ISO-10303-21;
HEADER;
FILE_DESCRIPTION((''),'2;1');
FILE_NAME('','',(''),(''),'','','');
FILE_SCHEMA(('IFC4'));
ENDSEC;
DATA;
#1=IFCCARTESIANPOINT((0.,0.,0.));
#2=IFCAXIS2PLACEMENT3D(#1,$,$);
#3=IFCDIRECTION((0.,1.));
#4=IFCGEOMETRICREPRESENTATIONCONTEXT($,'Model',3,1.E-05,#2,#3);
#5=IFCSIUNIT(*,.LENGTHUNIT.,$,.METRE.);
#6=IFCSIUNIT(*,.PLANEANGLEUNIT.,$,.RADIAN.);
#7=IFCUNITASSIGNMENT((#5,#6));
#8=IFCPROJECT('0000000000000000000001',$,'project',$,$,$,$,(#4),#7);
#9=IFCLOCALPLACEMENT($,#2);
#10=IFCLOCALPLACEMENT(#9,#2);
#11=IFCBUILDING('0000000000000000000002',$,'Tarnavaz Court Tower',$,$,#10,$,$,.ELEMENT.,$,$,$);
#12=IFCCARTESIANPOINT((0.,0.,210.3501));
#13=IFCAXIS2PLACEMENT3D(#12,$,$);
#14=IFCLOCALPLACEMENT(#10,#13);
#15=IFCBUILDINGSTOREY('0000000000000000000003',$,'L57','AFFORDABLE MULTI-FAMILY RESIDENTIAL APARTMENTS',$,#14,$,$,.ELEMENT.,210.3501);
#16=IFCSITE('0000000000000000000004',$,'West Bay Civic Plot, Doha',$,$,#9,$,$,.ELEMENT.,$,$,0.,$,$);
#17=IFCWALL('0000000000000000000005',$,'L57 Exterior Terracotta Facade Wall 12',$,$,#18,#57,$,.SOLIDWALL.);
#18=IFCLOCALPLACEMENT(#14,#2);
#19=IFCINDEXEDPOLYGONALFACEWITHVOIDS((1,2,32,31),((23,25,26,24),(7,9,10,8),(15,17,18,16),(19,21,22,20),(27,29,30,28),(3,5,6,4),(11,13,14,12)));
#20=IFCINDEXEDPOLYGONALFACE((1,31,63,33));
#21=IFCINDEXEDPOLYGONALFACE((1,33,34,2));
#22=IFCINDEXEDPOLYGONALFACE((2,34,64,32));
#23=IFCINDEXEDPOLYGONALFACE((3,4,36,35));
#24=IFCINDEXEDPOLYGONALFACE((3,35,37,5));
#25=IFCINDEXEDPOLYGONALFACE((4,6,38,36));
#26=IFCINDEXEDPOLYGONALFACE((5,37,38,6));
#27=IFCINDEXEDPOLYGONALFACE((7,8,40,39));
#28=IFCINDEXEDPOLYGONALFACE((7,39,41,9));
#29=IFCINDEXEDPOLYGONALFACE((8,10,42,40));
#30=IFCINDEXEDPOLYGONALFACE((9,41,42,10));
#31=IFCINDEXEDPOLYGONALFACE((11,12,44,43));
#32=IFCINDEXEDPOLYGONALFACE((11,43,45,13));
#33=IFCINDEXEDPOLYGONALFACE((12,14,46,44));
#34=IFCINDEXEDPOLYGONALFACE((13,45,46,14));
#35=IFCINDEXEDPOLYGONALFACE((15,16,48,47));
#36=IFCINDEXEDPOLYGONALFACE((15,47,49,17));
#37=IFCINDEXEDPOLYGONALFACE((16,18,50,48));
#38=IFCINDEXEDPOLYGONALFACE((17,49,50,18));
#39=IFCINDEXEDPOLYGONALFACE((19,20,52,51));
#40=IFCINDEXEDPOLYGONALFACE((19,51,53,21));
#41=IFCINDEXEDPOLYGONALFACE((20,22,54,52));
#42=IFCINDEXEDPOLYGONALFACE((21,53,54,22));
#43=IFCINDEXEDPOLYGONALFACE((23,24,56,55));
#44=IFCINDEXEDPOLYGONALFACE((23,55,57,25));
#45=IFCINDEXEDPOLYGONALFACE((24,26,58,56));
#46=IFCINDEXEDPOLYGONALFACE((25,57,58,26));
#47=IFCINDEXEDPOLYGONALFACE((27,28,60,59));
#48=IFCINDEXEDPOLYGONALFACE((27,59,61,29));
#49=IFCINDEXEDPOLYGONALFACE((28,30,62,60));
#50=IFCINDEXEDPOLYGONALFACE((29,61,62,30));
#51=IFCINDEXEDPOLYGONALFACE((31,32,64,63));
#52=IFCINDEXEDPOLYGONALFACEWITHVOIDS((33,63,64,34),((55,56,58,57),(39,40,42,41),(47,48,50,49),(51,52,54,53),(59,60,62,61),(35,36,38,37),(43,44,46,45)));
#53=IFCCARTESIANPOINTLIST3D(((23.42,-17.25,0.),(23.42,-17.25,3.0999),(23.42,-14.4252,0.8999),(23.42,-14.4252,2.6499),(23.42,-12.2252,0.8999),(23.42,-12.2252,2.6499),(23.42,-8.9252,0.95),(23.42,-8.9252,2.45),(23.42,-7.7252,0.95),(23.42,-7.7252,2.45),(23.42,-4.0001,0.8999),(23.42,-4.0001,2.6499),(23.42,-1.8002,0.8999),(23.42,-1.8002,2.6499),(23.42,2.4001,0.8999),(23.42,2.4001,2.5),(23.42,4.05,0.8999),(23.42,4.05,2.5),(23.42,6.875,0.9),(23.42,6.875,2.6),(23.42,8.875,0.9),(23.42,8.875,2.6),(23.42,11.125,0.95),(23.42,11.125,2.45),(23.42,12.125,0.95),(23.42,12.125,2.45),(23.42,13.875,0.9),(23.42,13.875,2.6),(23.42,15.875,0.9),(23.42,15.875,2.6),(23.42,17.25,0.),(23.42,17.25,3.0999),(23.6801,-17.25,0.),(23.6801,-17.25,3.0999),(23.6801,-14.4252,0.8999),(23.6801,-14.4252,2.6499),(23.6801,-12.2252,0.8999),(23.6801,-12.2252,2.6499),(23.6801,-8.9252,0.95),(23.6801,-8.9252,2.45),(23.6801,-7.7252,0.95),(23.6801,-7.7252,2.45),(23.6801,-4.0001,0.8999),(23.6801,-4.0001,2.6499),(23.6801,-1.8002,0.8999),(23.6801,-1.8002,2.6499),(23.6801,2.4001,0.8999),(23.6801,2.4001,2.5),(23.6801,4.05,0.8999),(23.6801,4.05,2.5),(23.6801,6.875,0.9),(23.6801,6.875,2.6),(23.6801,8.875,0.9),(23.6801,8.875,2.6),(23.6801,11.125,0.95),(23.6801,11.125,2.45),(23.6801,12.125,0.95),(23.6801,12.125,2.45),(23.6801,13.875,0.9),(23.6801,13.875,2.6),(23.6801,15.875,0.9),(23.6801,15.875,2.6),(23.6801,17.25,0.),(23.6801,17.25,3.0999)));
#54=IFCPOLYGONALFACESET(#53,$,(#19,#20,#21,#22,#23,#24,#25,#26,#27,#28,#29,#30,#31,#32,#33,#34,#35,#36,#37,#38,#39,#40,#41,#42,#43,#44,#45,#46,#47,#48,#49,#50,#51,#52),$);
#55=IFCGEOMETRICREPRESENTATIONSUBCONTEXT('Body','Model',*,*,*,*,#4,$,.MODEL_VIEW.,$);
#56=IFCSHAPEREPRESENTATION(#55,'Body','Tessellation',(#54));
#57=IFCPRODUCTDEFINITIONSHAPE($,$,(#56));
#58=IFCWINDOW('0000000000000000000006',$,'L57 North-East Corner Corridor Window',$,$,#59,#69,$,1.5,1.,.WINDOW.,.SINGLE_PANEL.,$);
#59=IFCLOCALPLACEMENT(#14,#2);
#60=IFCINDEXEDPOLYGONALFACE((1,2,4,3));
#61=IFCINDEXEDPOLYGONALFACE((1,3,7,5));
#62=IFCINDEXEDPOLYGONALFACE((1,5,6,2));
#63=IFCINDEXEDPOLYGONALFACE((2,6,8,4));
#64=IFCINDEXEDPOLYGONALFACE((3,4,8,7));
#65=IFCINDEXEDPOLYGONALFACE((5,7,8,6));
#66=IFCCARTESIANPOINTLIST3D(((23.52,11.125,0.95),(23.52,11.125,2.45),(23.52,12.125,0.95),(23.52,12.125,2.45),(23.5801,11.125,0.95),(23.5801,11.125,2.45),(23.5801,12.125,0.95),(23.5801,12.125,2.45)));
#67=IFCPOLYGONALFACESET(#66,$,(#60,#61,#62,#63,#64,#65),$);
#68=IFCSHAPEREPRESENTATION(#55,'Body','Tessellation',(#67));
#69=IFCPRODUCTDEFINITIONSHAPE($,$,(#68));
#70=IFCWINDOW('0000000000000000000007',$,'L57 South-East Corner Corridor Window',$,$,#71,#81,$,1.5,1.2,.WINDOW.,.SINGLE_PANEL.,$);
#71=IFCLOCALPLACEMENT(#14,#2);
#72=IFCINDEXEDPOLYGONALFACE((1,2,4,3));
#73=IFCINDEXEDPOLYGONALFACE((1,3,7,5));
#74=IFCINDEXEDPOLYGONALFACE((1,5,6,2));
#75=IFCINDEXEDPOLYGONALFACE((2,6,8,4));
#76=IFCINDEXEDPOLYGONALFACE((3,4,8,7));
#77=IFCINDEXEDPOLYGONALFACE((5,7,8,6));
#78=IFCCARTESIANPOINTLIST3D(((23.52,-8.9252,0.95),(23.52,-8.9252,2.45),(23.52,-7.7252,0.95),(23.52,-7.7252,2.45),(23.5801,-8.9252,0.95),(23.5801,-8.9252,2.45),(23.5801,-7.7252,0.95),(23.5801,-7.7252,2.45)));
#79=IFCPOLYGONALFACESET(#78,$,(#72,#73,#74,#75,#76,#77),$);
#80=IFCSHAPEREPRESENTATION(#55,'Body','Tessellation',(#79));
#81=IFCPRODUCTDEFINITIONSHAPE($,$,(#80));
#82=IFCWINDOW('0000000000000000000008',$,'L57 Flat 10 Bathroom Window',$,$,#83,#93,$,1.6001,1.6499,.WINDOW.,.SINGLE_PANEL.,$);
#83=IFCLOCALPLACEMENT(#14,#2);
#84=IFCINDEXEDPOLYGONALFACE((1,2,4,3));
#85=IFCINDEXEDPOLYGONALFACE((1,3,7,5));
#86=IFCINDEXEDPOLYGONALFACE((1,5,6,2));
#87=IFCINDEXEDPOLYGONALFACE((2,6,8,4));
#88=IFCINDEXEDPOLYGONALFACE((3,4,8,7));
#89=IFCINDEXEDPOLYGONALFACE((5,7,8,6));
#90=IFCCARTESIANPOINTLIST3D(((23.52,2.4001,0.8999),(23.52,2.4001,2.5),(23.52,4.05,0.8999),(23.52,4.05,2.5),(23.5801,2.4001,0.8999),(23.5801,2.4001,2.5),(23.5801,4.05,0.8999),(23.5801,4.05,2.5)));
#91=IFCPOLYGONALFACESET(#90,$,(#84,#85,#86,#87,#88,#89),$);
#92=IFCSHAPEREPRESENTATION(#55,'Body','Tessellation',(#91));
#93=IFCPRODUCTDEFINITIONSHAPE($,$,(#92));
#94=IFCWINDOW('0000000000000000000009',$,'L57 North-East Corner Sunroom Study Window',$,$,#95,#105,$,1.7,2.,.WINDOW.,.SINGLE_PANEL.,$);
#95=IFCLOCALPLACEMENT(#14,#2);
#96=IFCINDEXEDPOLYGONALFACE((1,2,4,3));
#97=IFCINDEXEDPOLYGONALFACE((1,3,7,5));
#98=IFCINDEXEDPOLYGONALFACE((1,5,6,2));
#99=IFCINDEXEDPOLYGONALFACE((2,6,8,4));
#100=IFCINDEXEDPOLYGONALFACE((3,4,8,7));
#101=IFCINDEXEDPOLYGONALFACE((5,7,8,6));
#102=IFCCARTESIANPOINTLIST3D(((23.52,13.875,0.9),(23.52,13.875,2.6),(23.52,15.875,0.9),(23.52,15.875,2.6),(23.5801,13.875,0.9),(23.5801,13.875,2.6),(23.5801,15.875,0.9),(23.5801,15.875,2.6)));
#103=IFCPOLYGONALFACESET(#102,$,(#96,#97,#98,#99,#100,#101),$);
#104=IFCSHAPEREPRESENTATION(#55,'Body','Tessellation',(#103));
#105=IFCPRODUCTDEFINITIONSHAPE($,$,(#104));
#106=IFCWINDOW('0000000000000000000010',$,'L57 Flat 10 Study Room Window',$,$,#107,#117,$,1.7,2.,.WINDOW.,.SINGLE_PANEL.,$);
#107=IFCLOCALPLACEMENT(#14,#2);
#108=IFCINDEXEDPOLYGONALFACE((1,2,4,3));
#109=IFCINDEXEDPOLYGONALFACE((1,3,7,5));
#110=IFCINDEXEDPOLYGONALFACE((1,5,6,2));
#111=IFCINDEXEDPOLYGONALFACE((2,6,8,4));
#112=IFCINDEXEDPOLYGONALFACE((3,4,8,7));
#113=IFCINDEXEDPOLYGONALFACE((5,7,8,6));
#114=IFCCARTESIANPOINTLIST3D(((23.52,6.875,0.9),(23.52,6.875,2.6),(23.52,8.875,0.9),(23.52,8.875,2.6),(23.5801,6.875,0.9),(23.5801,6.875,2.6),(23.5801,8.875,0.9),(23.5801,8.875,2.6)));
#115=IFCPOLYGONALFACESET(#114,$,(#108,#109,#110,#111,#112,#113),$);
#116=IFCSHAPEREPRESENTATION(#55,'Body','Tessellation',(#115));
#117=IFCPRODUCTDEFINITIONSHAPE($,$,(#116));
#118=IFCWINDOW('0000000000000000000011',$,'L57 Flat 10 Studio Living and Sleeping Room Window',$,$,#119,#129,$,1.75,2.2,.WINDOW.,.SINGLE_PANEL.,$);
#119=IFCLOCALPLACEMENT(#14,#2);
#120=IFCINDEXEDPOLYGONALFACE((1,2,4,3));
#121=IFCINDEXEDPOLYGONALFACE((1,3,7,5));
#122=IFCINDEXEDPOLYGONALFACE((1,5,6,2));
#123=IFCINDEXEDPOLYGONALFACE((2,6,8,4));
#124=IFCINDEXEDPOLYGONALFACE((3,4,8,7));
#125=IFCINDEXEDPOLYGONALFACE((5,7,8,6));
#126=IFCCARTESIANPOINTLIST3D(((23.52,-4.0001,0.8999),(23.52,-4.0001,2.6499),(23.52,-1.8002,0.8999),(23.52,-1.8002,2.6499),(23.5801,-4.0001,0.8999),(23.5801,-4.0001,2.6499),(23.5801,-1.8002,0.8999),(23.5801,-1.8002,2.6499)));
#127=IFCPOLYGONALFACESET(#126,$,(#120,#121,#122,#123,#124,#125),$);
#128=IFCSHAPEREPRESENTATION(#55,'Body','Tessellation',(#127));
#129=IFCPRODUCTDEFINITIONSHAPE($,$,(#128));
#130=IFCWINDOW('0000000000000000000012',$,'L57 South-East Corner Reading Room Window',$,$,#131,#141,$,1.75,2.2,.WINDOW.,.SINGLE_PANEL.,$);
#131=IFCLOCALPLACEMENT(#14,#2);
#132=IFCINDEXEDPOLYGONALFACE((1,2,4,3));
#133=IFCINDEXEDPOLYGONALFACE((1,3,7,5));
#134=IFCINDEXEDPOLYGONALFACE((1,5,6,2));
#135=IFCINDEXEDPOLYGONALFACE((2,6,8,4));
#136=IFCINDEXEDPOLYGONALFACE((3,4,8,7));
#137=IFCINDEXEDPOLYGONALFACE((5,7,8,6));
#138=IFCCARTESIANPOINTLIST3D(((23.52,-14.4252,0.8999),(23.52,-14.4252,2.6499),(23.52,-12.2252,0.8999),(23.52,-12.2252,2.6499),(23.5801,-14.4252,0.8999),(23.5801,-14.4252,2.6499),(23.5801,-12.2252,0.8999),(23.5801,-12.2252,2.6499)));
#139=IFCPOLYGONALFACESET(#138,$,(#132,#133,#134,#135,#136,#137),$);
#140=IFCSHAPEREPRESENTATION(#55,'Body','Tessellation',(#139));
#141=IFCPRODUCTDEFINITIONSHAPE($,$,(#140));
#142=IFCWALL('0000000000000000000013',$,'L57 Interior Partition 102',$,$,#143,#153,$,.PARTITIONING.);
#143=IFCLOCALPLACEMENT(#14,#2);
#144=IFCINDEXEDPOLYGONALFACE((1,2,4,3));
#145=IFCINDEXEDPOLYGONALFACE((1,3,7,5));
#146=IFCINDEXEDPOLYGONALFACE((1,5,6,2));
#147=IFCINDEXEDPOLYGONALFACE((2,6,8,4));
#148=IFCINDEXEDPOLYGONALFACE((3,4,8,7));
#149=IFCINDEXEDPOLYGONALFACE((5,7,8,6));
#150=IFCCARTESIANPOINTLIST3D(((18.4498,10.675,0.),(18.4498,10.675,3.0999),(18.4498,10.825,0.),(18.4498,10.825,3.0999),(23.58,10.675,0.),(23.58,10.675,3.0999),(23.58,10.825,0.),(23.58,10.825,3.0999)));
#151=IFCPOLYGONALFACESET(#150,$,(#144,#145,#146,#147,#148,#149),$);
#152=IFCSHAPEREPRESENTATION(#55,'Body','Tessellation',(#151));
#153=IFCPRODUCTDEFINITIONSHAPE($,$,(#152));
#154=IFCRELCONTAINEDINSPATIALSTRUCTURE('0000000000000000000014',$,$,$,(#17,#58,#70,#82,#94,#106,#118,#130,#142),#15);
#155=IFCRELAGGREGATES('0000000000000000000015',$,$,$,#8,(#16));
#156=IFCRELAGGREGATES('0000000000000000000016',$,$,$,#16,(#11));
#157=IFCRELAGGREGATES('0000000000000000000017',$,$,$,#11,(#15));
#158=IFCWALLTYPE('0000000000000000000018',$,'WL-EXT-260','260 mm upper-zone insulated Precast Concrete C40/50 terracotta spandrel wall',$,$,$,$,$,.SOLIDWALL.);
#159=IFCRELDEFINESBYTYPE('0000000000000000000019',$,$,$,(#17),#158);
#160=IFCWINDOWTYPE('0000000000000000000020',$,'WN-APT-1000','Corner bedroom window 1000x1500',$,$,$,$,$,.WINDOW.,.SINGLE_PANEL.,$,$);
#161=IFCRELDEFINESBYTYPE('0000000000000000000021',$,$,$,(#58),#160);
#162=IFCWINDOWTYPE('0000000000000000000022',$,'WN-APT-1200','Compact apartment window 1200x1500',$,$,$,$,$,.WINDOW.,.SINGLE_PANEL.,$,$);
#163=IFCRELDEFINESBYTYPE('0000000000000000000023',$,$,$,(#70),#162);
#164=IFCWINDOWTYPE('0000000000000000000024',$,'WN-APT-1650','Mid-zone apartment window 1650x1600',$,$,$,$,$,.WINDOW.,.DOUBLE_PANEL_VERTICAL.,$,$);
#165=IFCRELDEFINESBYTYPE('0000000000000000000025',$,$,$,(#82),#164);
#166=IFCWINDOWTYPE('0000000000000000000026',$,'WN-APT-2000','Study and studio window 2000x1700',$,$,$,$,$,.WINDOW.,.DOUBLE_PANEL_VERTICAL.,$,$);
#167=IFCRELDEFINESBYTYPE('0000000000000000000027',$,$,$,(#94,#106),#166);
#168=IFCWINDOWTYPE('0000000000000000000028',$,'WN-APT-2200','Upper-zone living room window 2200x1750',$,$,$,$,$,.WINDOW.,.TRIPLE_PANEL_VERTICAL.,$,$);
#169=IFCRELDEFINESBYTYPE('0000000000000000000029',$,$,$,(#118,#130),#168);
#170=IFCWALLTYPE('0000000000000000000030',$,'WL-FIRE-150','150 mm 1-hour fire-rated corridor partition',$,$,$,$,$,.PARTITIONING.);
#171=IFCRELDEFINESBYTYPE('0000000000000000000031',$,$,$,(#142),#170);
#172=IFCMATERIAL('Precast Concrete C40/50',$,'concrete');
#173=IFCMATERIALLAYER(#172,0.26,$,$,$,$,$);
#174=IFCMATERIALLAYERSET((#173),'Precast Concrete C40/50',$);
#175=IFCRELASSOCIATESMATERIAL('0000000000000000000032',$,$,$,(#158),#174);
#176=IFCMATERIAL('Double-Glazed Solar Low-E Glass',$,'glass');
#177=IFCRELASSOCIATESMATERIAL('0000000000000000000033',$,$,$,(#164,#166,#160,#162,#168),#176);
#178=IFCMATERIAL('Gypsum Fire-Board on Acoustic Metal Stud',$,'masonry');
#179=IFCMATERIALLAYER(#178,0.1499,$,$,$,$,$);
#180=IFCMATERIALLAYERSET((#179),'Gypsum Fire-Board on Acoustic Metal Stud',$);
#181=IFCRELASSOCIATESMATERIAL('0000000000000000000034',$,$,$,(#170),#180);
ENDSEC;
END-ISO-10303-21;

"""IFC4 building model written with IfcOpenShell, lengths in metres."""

from ifc_helpers import new_model, si_unit, direction, frame, frame_2d, origin, place, context, subcontext, project, spatial, rectangle, extrude, material, layer, layer_set, type_object, element, fill, save


model = new_model("IFC4")

# Units and contexts
model_context = context("Model", 3, precision=1e-05, world=origin(), true_north=direction((0.0, 1.0)))
body_context = subcontext(model_context, "Body", "Model", "MODEL_VIEW")
ifc_project = project(units=[si_unit("LENGTHUNIT", "METRE"), si_unit("PLANEANGLEUNIT", "RADIAN")], contexts=[model_context])

# Site, building, storey
site_placement = place(None, origin())
site = spatial("IfcSite", under=ifc_project, at=site_placement, Name="West Bay Civic Plot, Doha", CompositionType="ELEMENT", RefElevation=0.0)
building_placement = place(site_placement, origin())
building = spatial("IfcBuilding", under=site, at=building_placement, Name="Tarnavaz Court Tower", CompositionType="ELEMENT")
storey_placement = place(building_placement, frame((0.0, 0.0, 210.3501)))
storey = spatial("IfcBuildingStorey", under=building, at=storey_placement, Name="L57", Description="AFFORDABLE MULTI-FAMILY RESIDENTIAL APARTMENTS", CompositionType="ELEMENT", Elevation=210.3501)

# Shared definitions
ifc_material_1 = material(Name="Precast Concrete C40/50", Category="concrete")
ifc_layer_1 = layer(ifc_material_1, 0.26)
ifc_layer_set_1 = layer_set([ifc_layer_1], Name="Precast Concrete C40/50")
wall_type_1 = type_object("IfcWallType", Name="WL-EXT-260", Description="260 mm upper-zone insulated Precast Concrete C40/50 terracotta spandrel wall", PredefinedType="SOLIDWALL", material=ifc_layer_set_1)
ifc_material_2 = material(Name="Double-Glazed Solar Low-E Glass", Category="glass")
window_type_1 = type_object("IfcWindowType", Name="WN-APT-1650", Description="Mid-zone apartment window 1650x1600", PartitioningType="DOUBLE_PANEL_VERTICAL", PredefinedType="WINDOW", material=ifc_material_2)
window_type_2 = type_object("IfcWindowType", Name="WN-APT-2000", Description="Study and studio window 2000x1700", PartitioningType="DOUBLE_PANEL_VERTICAL", PredefinedType="WINDOW", material=ifc_material_2)

# Wall, openings, windows
wall_1_placement = place(storey_placement, frame((23.55, 17.25, 0.0), z_axis=(0.0, 0.0, 1.0), x_axis=(0.0, -1.0, 0.0)))
wall_1 = element("IfcWall", 1, at=wall_1_placement, inside=storey, type_object=wall_type_1, Name="L57 Exterior Terracotta Facade Wall 12", PredefinedType="SOLIDWALL", context=body_context, shape_type="SweptSolid", body=[
    extrude(rectangle(XDim=34.5, YDim=0.26, at=frame_2d((17.25, 0.0))), origin(), (0.0, 0.0, 1.0), 3.0999),
])
opening_1_placement = place(wall_1_placement, frame((1.375, 0.0, 0.8999)))
opening_1 = element("IfcOpeningElement", 2, at=opening_1_placement, cuts=wall_1, PredefinedType="OPENING", context=body_context, shape_type="SweptSolid", body=[
    extrude(rectangle(XDim=2.0, YDim=1.7, at=frame_2d((1.0, 0.8501))), frame((0.0, 0.1399, 0.0), z_axis=(0.0, -1.0, 0.0), x_axis=(1.0, 0.0, 0.0)), (0.0, 0.0, 1.0), 0.28),
])
opening_2_placement = place(wall_1_placement, frame((5.125, 0.0, 0.95)))
opening_2 = element("IfcOpeningElement", 3, at=opening_2_placement, cuts=wall_1, PredefinedType="OPENING", context=body_context, shape_type="SweptSolid", body=[
    extrude(rectangle(XDim=1.0, YDim=1.5, at=frame_2d((0.5, 0.75))), frame((0.0, 0.1399, 0.0), z_axis=(0.0, -1.0, 0.0), x_axis=(1.0, 0.0, 0.0)), (0.0, 0.0, 1.0), 0.28),
])
opening_3_placement = place(wall_1_placement, frame((8.375, 0.0, 0.8999)))
opening_3 = element("IfcOpeningElement", 4, at=opening_3_placement, cuts=wall_1, PredefinedType="OPENING", context=body_context, shape_type="SweptSolid", body=[
    extrude(rectangle(XDim=2.0, YDim=1.7, at=frame_2d((1.0, 0.8501))), frame((0.0, 0.1399, 0.0), z_axis=(0.0, -1.0, 0.0), x_axis=(1.0, 0.0, 0.0)), (0.0, 0.0, 1.0), 0.28),
])
opening_4_placement = place(wall_1_placement, frame((13.2, 0.0, 0.8999)))
opening_4 = element("IfcOpeningElement", 5, at=opening_4_placement, cuts=wall_1, PredefinedType="OPENING", context=body_context, shape_type="SweptSolid", body=[
    extrude(rectangle(XDim=1.6499, YDim=1.6001, at=frame_2d((0.825, 0.8))), frame((0.0, 0.1399, 0.0), z_axis=(0.0, -1.0, 0.0), x_axis=(1.0, 0.0, 0.0)), (0.0, 0.0, 1.0), 0.28),
])
opening_5_placement = place(wall_1_placement, frame((19.05, 0.0, 0.8999)))
opening_5 = element("IfcOpeningElement", 6, at=opening_5_placement, cuts=wall_1, PredefinedType="OPENING", context=body_context, shape_type="SweptSolid", body=[
    extrude(rectangle(XDim=2.2, YDim=1.75, at=frame_2d((1.1001, 0.875))), frame((0.0, 0.1399, 0.0), z_axis=(0.0, -1.0, 0.0), x_axis=(1.0, 0.0, 0.0)), (0.0, 0.0, 1.0), 0.28),
])
opening_6_placement = place(wall_1_placement, frame((24.9751, 0.0, 0.95)))
opening_6 = element("IfcOpeningElement", 7, at=opening_6_placement, cuts=wall_1, PredefinedType="OPENING", context=body_context, shape_type="SweptSolid", body=[
    extrude(rectangle(XDim=1.2, YDim=1.5, at=frame_2d((0.6001, 0.75))), frame((0.0, 0.1399, 0.0), z_axis=(0.0, -1.0, 0.0), x_axis=(1.0, 0.0, 0.0)), (0.0, 0.0, 1.0), 0.28),
])
opening_7_placement = place(wall_1_placement, frame((29.4751, 0.0, 0.8999)))
opening_7 = element("IfcOpeningElement", 8, at=opening_7_placement, cuts=wall_1, PredefinedType="OPENING", context=body_context, shape_type="SweptSolid", body=[
    extrude(rectangle(XDim=2.2, YDim=1.75, at=frame_2d((1.1001, 0.875))), frame((0.0, 0.1399, 0.0), z_axis=(0.0, -1.0, 0.0), x_axis=(1.0, 0.0, 0.0)), (0.0, 0.0, 1.0), 0.28),
])
window_type_3 = type_object("IfcWindowType", Name="WN-APT-1000", Description="Corner bedroom window 1000x1500", PartitioningType="SINGLE_PANEL", PredefinedType="WINDOW", material=ifc_material_2)
window_1_placement = place(opening_2_placement, origin())
window_1 = element("IfcWindow", 9, at=window_1_placement, inside=storey, type_object=window_type_3, Name="L57 North-East Corner Corridor Window", OverallHeight=1.5, OverallWidth=1.0, PartitioningType="SINGLE_PANEL", PredefinedType="WINDOW", context=body_context, shape_type="SweptSolid", body=[
    extrude(rectangle(XDim=1.0, YDim=1.5, at=frame_2d((0.5, 0.75))), frame((0.0, 0.03, 0.0), z_axis=(0.0, -1.0, 0.0), x_axis=(1.0, 0.0, 0.0)), (0.0, 0.0, 1.0), 0.0601),
])
fill(opening_2, window_1)
window_type_4 = type_object("IfcWindowType", Name="WN-APT-1200", Description="Compact apartment window 1200x1500", PartitioningType="SINGLE_PANEL", PredefinedType="WINDOW", material=ifc_material_2)
window_2_placement = place(opening_6_placement, origin())
window_2 = element("IfcWindow", 10, at=window_2_placement, inside=storey, type_object=window_type_4, Name="L57 South-East Corner Corridor Window", OverallHeight=1.5, OverallWidth=1.2, PartitioningType="SINGLE_PANEL", PredefinedType="WINDOW", context=body_context, shape_type="SweptSolid", body=[
    extrude(rectangle(XDim=1.2, YDim=1.5, at=frame_2d((0.6001, 0.75))), frame((0.0, 0.03, 0.0), z_axis=(0.0, -1.0, 0.0), x_axis=(1.0, 0.0, 0.0)), (0.0, 0.0, 1.0), 0.0601),
])
fill(opening_6, window_2)
window_3_placement = place(opening_4_placement, origin())
window_3 = element("IfcWindow", 11, at=window_3_placement, inside=storey, type_object=window_type_1, Name="L57 Flat 10 Bathroom Window", OverallHeight=1.6001, OverallWidth=1.6499, PartitioningType="SINGLE_PANEL", PredefinedType="WINDOW", context=body_context, shape_type="SweptSolid", body=[
    extrude(rectangle(XDim=1.6499, YDim=1.6001, at=frame_2d((0.825, 0.8))), frame((0.0, 0.03, 0.0), z_axis=(0.0, -1.0, 0.0), x_axis=(1.0, 0.0, 0.0)), (0.0, 0.0, 1.0), 0.0601),
])
fill(opening_4, window_3)
window_4_placement = place(opening_1_placement, origin())
window_4 = element("IfcWindow", 12, at=window_4_placement, inside=storey, type_object=window_type_2, Name="L57 North-East Corner Sunroom Study Window", OverallHeight=1.7, OverallWidth=2.0, PartitioningType="SINGLE_PANEL", PredefinedType="WINDOW", context=body_context, shape_type="SweptSolid", body=[
    extrude(rectangle(XDim=2.0, YDim=1.7, at=frame_2d((1.0, 0.8501))), frame((0.0, 0.03, 0.0), z_axis=(0.0, -1.0, 0.0), x_axis=(1.0, 0.0, 0.0)), (0.0, 0.0, 1.0), 0.0601),
])
fill(opening_1, window_4)
window_5_placement = place(opening_3_placement, origin())
window_5 = element("IfcWindow", 13, at=window_5_placement, inside=storey, type_object=window_type_2, Name="L57 Flat 10 Study Room Window", OverallHeight=1.7, OverallWidth=2.0, PartitioningType="SINGLE_PANEL", PredefinedType="WINDOW", context=body_context, shape_type="SweptSolid", body=[
    extrude(rectangle(XDim=2.0, YDim=1.7, at=frame_2d((1.0, 0.8501))), frame((0.0, 0.03, 0.0), z_axis=(0.0, -1.0, 0.0), x_axis=(1.0, 0.0, 0.0)), (0.0, 0.0, 1.0), 0.0601),
])
fill(opening_3, window_5)
window_type_5 = type_object("IfcWindowType", Name="WN-APT-2200", Description="Upper-zone living room window 2200x1750", PartitioningType="TRIPLE_PANEL_VERTICAL", PredefinedType="WINDOW", material=ifc_material_2)
window_6_placement = place(opening_5_placement, origin())
window_6 = element("IfcWindow", 14, at=window_6_placement, inside=storey, type_object=window_type_5, Name="L57 Flat 10 Studio Living and Sleeping Room Window", OverallHeight=1.75, OverallWidth=2.2, PartitioningType="SINGLE_PANEL", PredefinedType="WINDOW", context=body_context, shape_type="SweptSolid", body=[
    extrude(rectangle(XDim=2.2, YDim=1.75, at=frame_2d((1.1001, 0.875))), frame((0.0, 0.03, 0.0), z_axis=(0.0, -1.0, 0.0), x_axis=(1.0, 0.0, 0.0)), (0.0, 0.0, 1.0), 0.0601),
])
fill(opening_5, window_6)
window_7_placement = place(opening_7_placement, origin())
window_7 = element("IfcWindow", 15, at=window_7_placement, inside=storey, type_object=window_type_5, Name="L57 South-East Corner Reading Room Window", OverallHeight=1.75, OverallWidth=2.2, PartitioningType="SINGLE_PANEL", PredefinedType="WINDOW", context=body_context, shape_type="SweptSolid", body=[
    extrude(rectangle(XDim=2.2, YDim=1.75, at=frame_2d((1.1001, 0.875))), frame((0.0, 0.03, 0.0), z_axis=(0.0, -1.0, 0.0), x_axis=(1.0, 0.0, 0.0)), (0.0, 0.0, 1.0), 0.0601),
])
fill(opening_7, window_7)

# Wall
ifc_material_3 = material(Name="Gypsum Fire-Board on Acoustic Metal Stud", Category="masonry")
ifc_layer_2 = layer(ifc_material_3, 0.1499)
ifc_layer_set_2 = layer_set([ifc_layer_2], Name="Gypsum Fire-Board on Acoustic Metal Stud")
wall_type_2 = type_object("IfcWallType", Name="WL-FIRE-150", Description="150 mm 1-hour fire-rated corridor partition", PredefinedType="PARTITIONING", material=ifc_layer_set_2)
wall_2_placement = place(storey_placement, frame((18.45, 10.75, 0.0), z_axis=(0.0, 0.0, 1.0), x_axis=(1.0, 0.0, 0.0)))
element("IfcWall", 16, at=wall_2_placement, inside=storey, type_object=wall_type_2, Name="L57 Interior Partition 102", PredefinedType="PARTITIONING", context=body_context, shape_type="SweptSolid", body=[
    extrude(rectangle(XDim=5.1301, YDim=0.1499, at=frame_2d((2.5649, 0.0))), origin(), (0.0, 0.0, 1.0), 3.0999),
])

save(model, "model.ifc")
